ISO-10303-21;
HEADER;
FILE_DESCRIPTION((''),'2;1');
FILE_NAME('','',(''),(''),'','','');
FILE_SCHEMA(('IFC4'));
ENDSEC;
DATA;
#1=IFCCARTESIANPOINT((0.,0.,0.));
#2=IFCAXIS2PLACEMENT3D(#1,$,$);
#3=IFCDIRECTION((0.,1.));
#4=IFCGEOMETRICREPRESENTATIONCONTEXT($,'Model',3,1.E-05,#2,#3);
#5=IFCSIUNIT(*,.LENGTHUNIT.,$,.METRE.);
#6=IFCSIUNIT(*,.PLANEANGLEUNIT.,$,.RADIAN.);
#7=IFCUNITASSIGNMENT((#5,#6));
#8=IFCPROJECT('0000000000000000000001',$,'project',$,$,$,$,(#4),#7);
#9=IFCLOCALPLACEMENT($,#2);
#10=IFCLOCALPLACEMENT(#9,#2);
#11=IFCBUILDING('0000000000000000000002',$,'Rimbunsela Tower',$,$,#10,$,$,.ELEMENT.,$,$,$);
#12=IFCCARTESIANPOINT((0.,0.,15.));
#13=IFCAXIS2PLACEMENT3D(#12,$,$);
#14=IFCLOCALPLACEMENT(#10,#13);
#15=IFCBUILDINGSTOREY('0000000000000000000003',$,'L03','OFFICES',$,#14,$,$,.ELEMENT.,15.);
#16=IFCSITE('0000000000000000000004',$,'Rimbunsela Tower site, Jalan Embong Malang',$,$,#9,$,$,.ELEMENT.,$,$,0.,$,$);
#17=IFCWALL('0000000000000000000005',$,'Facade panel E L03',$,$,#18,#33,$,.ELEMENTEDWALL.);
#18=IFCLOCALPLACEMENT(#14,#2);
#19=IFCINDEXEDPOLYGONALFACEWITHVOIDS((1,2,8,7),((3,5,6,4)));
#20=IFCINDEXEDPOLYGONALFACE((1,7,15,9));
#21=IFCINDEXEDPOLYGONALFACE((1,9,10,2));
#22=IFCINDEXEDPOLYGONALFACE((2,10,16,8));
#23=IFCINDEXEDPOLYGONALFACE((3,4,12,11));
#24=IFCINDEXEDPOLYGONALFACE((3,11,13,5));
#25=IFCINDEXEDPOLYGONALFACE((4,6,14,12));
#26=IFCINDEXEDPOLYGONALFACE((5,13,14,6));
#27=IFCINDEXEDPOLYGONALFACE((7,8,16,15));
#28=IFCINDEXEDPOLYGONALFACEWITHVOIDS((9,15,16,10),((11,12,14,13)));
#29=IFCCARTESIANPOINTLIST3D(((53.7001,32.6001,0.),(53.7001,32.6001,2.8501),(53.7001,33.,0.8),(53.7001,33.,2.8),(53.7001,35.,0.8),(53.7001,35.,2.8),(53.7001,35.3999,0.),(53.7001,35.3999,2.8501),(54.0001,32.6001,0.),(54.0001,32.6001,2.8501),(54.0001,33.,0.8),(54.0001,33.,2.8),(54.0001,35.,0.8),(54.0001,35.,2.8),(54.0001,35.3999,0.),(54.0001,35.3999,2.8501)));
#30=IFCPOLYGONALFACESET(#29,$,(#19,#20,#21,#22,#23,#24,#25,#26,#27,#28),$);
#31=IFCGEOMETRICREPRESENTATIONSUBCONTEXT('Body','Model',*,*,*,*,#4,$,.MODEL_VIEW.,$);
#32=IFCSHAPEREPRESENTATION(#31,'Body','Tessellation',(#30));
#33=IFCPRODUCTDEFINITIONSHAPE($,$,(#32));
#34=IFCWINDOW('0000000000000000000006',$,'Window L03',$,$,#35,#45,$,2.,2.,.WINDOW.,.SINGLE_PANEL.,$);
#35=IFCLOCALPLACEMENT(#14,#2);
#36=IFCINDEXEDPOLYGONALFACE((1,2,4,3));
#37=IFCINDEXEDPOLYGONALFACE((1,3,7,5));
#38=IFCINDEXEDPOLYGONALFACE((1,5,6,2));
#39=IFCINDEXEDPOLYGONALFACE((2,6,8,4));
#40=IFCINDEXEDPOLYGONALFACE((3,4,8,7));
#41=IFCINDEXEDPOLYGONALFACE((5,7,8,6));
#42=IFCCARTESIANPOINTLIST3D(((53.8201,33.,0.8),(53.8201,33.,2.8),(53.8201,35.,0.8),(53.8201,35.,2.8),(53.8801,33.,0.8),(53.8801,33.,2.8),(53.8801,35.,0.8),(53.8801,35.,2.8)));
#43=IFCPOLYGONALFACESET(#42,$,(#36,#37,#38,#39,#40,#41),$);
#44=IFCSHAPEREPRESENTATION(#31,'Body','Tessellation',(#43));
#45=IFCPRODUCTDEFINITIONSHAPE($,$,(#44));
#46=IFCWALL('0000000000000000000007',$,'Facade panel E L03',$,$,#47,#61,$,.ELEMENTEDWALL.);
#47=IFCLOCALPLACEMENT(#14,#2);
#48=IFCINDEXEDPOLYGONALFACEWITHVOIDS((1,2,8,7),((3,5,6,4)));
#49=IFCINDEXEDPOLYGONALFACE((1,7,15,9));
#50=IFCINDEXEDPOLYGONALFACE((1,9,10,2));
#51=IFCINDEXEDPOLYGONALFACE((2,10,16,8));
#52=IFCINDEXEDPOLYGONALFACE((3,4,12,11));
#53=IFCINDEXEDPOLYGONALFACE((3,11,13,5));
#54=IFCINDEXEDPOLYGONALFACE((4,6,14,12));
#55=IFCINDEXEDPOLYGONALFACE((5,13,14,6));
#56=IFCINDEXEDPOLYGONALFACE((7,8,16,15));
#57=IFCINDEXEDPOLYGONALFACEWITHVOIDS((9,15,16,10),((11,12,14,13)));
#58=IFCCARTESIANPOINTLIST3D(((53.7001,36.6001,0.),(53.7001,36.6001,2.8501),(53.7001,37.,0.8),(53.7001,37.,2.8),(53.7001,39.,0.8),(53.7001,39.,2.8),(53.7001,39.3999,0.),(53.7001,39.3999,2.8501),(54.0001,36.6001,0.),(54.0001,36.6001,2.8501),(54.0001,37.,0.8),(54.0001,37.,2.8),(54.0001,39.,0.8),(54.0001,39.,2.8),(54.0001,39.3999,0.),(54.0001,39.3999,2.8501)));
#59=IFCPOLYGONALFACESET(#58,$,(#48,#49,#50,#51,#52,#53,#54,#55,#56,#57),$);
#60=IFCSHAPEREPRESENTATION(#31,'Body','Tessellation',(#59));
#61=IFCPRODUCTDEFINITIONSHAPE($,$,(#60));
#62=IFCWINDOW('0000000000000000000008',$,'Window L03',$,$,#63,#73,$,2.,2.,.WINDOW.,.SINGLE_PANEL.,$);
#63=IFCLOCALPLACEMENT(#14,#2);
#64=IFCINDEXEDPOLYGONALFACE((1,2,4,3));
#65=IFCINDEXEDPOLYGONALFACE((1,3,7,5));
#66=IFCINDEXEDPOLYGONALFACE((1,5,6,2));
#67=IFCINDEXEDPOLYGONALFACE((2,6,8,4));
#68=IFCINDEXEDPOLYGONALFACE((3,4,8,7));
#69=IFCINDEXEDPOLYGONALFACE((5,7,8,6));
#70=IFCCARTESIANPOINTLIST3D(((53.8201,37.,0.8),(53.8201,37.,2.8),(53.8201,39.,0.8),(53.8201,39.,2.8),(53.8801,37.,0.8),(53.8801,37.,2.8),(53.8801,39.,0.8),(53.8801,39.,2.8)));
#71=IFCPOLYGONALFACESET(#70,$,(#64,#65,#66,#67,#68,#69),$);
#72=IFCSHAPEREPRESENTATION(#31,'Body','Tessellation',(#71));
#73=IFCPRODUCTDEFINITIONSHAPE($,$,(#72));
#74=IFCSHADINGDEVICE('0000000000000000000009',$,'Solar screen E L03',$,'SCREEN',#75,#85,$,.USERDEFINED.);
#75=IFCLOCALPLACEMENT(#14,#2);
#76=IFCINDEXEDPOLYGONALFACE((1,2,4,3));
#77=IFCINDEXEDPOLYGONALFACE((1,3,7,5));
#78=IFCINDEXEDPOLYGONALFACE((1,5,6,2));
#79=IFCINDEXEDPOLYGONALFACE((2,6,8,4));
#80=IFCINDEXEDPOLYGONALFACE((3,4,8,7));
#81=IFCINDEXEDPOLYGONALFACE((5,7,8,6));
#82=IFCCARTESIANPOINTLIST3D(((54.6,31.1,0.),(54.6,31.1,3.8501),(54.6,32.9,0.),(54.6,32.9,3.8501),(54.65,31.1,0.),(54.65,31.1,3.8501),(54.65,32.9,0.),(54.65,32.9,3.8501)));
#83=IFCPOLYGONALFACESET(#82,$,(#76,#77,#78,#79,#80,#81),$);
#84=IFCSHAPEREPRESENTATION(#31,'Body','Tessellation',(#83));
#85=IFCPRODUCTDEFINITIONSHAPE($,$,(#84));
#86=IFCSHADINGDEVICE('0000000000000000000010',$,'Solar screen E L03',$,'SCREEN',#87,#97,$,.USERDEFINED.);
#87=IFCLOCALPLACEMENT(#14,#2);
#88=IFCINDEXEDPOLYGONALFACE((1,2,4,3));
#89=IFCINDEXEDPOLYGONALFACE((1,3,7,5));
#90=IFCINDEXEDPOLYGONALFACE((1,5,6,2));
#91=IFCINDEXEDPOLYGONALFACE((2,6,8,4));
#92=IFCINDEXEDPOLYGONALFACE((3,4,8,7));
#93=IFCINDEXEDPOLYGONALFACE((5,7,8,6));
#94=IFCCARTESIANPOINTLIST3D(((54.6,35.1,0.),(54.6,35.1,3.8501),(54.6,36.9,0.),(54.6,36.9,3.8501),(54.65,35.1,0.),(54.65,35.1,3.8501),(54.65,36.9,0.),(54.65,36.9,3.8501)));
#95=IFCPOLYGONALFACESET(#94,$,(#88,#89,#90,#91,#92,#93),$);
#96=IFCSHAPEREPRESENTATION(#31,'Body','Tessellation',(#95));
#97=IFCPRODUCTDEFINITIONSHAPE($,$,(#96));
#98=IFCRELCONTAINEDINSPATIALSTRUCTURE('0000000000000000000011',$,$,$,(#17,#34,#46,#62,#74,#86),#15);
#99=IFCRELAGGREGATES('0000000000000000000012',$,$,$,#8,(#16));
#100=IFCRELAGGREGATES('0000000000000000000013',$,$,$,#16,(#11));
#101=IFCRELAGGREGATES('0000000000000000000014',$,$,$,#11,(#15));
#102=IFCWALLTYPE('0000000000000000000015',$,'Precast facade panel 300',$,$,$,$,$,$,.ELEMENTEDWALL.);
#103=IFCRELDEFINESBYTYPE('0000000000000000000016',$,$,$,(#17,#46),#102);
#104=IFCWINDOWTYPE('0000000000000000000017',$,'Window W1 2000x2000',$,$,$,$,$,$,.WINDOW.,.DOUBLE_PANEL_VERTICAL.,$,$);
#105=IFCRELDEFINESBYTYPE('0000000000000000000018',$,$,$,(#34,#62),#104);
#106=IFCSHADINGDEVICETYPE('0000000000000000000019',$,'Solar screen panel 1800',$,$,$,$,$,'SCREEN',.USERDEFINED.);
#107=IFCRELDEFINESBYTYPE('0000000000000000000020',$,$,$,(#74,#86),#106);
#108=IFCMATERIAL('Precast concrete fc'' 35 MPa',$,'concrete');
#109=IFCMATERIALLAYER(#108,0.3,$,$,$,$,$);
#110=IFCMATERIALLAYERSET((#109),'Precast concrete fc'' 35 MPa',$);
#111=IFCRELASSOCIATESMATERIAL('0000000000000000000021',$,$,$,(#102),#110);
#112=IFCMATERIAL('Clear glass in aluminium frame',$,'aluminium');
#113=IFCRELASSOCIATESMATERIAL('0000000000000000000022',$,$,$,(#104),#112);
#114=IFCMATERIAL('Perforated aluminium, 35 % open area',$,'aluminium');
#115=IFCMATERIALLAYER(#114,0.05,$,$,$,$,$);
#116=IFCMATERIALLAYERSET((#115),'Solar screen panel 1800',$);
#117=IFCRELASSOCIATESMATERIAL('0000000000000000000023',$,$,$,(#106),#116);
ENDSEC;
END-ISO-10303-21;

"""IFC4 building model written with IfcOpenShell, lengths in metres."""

from ifc_helpers import new_model, si_unit, direction, frame, frame_2d, origin, origin_2d, place, context, subcontext, project, spatial, rectangle, extrude, material, layer, layer_set, type_object, element, fill, save


model = new_model("IFC4")

# Units and contexts
model_context = context("Model", 3, precision=1e-05, world=origin(), true_north=direction((0.0, 1.0)))
body_context = subcontext(model_context, "Body", "Model", "MODEL_VIEW")
ifc_project = project(units=[si_unit("LENGTHUNIT", "METRE"), si_unit("PLANEANGLEUNIT", "RADIAN")], contexts=[model_context])

# Site, building, storey
site_placement = place(None, origin())
site = spatial("IfcSite", under=ifc_project, at=site_placement, Name="Rimbunsela Tower site, Jalan Embong Malang", CompositionType="ELEMENT", RefElevation=0.0)
building_placement = place(site_placement, origin())
building = spatial("IfcBuilding", under=site, at=building_placement, Name="Rimbunsela Tower", CompositionType="ELEMENT")
storey_placement = place(building_placement, frame((0.0, 0.0, 15.0)))
storey = spatial("IfcBuildingStorey", under=building, at=storey_placement, Name="L03", Description="OFFICES", CompositionType="ELEMENT", Elevation=15.0)

# Walls, openings, windows
ifc_material_1 = material(Name="Precast concrete fc' 35 MPa", Category="concrete")
ifc_layer_1 = layer(ifc_material_1, 0.3)
ifc_layer_set_1 = layer_set([ifc_layer_1], Name="Precast concrete fc' 35 MPa")
wall_type_1 = type_object("IfcWallType", Name="Precast facade panel 300", PredefinedType="ELEMENTEDWALL", material=ifc_layer_set_1)
wall_1_placement = place(storey_placement, frame((53.8501, 32.6001, 0.0), z_axis=(0.0, 0.0, 1.0), x_axis=(0.0, 1.0, 0.0)))
wall_1 = element("IfcWall", 1, at=wall_1_placement, inside=storey, type_object=wall_type_1, Name="Facade panel E L03", PredefinedType="ELEMENTEDWALL", context=body_context, shape_type="SweptSolid", body=[
    extrude(rectangle(XDim=2.7998, YDim=0.3, at=frame_2d((1.3999, 0.0))), origin(), (0.0, 0.0, 1.0), 2.8501),
])
opening_1_placement = place(wall_1_placement, frame((0.3999, 0.0, 0.8)))
opening_1 = element("IfcOpeningElement", 2, at=opening_1_placement, cuts=wall_1, PredefinedType="OPENING", context=body_context, shape_type="SweptSolid", body=[
    extrude(rectangle(XDim=2.0, YDim=2.0, at=frame_2d((1.0, 1.0))), frame((0.0, 0.1599, 0.0), z_axis=(0.0, -1.0, 0.0), x_axis=(1.0, 0.0, 0.0)), (0.0, 0.0, 1.0), 0.3201),
])
ifc_material_2 = material(Name="Clear glass in aluminium frame", Category="aluminium")
window_type = type_object("IfcWindowType", Name="Window W1 2000x2000", PartitioningType="DOUBLE_PANEL_VERTICAL", PredefinedType="WINDOW", material=ifc_material_2)
window_1_placement = place(opening_1_placement, origin())
window_1 = element("IfcWindow", 3, at=window_1_placement, inside=storey, type_object=window_type, Name="Window L03", OverallHeight=2.0, OverallWidth=2.0, PartitioningType="SINGLE_PANEL", PredefinedType="WINDOW", context=body_context, shape_type="SweptSolid", body=[
    extrude(rectangle(XDim=2.0, YDim=2.0, at=frame_2d((1.0, 1.0))), frame((0.0, 0.03, 0.0), z_axis=(0.0, -1.0, 0.0), x_axis=(1.0, 0.0, 0.0)), (0.0, 0.0, 1.0), 0.0601),
])
fill(opening_1, window_1)
wall_2_placement = place(storey_placement, frame((53.8501, 36.6001, 0.0), z_axis=(0.0, 0.0, 1.0), x_axis=(0.0, 1.0, 0.0)))
wall_2 = element("IfcWall", 4, at=wall_2_placement, inside=storey, type_object=wall_type_1, Name="Facade panel E L03", PredefinedType="ELEMENTEDWALL", context=body_context, shape_type="SweptSolid", body=[
    extrude(rectangle(XDim=2.7998, YDim=0.3, at=frame_2d((1.3999, 0.0))), origin(), (0.0, 0.0, 1.0), 2.8501),
])
opening_2_placement = place(wall_2_placement, frame((0.3999, 0.0, 0.8)))
opening_2 = element("IfcOpeningElement", 5, at=opening_2_placement, cuts=wall_2, PredefinedType="OPENING", context=body_context, shape_type="SweptSolid", body=[
    extrude(rectangle(XDim=2.0, YDim=2.0, at=frame_2d((1.0, 1.0))), frame((0.0, 0.1599, 0.0), z_axis=(0.0, -1.0, 0.0), x_axis=(1.0, 0.0, 0.0)), (0.0, 0.0, 1.0), 0.3201),
])
window_2_placement = place(opening_2_placement, origin())
window_2 = element("IfcWindow", 6, at=window_2_placement, inside=storey, type_object=window_type, Name="Window L03", OverallHeight=2.0, OverallWidth=2.0, PartitioningType="SINGLE_PANEL", PredefinedType="WINDOW", context=body_context, shape_type="SweptSolid", body=[
    extrude(rectangle(XDim=2.0, YDim=2.0, at=frame_2d((1.0, 1.0))), frame((0.0, 0.03, 0.0), z_axis=(0.0, -1.0, 0.0), x_axis=(1.0, 0.0, 0.0)), (0.0, 0.0, 1.0), 0.0601),
])
fill(opening_2, window_2)

# Shading devices
ifc_material_3 = material(Name="Perforated aluminium, 35 % open area", Category="aluminium")
ifc_layer_2 = layer(ifc_material_3, 0.05)
ifc_layer_set_2 = layer_set([ifc_layer_2], Name="Solar screen panel 1800")
shading_device_type = type_object("IfcShadingDeviceType", Name="Solar screen panel 1800", ElementType="SCREEN", PredefinedType="USERDEFINED", material=ifc_layer_set_2)
for number, where, z_axis, x_axis, name in (
    (7, (54.625, 32.0, 0.0), (0.0, 0.0, 1.0), (0.0, 1.0, 0.0), "Solar screen E L03"),
    (8, (54.625, 36.0, 0.0), (0.0, 0.0, 1.0), (0.0, 1.0, 0.0), "Solar screen E L03"),
):
    element("IfcShadingDevice", number, at=place(storey_placement, frame(where, z_axis=z_axis, x_axis=x_axis)), inside=storey, type_object=shading_device_type, Name=name, ObjectType="SCREEN", PredefinedType="USERDEFINED", context=body_context, shape_type="SweptSolid", body=[
        extrude(rectangle(XDim=1.8, YDim=0.05, at=origin_2d()), origin(), (0.0, 0.0, 1.0), 3.8501),
    ])

save(model, "model.ifc")
